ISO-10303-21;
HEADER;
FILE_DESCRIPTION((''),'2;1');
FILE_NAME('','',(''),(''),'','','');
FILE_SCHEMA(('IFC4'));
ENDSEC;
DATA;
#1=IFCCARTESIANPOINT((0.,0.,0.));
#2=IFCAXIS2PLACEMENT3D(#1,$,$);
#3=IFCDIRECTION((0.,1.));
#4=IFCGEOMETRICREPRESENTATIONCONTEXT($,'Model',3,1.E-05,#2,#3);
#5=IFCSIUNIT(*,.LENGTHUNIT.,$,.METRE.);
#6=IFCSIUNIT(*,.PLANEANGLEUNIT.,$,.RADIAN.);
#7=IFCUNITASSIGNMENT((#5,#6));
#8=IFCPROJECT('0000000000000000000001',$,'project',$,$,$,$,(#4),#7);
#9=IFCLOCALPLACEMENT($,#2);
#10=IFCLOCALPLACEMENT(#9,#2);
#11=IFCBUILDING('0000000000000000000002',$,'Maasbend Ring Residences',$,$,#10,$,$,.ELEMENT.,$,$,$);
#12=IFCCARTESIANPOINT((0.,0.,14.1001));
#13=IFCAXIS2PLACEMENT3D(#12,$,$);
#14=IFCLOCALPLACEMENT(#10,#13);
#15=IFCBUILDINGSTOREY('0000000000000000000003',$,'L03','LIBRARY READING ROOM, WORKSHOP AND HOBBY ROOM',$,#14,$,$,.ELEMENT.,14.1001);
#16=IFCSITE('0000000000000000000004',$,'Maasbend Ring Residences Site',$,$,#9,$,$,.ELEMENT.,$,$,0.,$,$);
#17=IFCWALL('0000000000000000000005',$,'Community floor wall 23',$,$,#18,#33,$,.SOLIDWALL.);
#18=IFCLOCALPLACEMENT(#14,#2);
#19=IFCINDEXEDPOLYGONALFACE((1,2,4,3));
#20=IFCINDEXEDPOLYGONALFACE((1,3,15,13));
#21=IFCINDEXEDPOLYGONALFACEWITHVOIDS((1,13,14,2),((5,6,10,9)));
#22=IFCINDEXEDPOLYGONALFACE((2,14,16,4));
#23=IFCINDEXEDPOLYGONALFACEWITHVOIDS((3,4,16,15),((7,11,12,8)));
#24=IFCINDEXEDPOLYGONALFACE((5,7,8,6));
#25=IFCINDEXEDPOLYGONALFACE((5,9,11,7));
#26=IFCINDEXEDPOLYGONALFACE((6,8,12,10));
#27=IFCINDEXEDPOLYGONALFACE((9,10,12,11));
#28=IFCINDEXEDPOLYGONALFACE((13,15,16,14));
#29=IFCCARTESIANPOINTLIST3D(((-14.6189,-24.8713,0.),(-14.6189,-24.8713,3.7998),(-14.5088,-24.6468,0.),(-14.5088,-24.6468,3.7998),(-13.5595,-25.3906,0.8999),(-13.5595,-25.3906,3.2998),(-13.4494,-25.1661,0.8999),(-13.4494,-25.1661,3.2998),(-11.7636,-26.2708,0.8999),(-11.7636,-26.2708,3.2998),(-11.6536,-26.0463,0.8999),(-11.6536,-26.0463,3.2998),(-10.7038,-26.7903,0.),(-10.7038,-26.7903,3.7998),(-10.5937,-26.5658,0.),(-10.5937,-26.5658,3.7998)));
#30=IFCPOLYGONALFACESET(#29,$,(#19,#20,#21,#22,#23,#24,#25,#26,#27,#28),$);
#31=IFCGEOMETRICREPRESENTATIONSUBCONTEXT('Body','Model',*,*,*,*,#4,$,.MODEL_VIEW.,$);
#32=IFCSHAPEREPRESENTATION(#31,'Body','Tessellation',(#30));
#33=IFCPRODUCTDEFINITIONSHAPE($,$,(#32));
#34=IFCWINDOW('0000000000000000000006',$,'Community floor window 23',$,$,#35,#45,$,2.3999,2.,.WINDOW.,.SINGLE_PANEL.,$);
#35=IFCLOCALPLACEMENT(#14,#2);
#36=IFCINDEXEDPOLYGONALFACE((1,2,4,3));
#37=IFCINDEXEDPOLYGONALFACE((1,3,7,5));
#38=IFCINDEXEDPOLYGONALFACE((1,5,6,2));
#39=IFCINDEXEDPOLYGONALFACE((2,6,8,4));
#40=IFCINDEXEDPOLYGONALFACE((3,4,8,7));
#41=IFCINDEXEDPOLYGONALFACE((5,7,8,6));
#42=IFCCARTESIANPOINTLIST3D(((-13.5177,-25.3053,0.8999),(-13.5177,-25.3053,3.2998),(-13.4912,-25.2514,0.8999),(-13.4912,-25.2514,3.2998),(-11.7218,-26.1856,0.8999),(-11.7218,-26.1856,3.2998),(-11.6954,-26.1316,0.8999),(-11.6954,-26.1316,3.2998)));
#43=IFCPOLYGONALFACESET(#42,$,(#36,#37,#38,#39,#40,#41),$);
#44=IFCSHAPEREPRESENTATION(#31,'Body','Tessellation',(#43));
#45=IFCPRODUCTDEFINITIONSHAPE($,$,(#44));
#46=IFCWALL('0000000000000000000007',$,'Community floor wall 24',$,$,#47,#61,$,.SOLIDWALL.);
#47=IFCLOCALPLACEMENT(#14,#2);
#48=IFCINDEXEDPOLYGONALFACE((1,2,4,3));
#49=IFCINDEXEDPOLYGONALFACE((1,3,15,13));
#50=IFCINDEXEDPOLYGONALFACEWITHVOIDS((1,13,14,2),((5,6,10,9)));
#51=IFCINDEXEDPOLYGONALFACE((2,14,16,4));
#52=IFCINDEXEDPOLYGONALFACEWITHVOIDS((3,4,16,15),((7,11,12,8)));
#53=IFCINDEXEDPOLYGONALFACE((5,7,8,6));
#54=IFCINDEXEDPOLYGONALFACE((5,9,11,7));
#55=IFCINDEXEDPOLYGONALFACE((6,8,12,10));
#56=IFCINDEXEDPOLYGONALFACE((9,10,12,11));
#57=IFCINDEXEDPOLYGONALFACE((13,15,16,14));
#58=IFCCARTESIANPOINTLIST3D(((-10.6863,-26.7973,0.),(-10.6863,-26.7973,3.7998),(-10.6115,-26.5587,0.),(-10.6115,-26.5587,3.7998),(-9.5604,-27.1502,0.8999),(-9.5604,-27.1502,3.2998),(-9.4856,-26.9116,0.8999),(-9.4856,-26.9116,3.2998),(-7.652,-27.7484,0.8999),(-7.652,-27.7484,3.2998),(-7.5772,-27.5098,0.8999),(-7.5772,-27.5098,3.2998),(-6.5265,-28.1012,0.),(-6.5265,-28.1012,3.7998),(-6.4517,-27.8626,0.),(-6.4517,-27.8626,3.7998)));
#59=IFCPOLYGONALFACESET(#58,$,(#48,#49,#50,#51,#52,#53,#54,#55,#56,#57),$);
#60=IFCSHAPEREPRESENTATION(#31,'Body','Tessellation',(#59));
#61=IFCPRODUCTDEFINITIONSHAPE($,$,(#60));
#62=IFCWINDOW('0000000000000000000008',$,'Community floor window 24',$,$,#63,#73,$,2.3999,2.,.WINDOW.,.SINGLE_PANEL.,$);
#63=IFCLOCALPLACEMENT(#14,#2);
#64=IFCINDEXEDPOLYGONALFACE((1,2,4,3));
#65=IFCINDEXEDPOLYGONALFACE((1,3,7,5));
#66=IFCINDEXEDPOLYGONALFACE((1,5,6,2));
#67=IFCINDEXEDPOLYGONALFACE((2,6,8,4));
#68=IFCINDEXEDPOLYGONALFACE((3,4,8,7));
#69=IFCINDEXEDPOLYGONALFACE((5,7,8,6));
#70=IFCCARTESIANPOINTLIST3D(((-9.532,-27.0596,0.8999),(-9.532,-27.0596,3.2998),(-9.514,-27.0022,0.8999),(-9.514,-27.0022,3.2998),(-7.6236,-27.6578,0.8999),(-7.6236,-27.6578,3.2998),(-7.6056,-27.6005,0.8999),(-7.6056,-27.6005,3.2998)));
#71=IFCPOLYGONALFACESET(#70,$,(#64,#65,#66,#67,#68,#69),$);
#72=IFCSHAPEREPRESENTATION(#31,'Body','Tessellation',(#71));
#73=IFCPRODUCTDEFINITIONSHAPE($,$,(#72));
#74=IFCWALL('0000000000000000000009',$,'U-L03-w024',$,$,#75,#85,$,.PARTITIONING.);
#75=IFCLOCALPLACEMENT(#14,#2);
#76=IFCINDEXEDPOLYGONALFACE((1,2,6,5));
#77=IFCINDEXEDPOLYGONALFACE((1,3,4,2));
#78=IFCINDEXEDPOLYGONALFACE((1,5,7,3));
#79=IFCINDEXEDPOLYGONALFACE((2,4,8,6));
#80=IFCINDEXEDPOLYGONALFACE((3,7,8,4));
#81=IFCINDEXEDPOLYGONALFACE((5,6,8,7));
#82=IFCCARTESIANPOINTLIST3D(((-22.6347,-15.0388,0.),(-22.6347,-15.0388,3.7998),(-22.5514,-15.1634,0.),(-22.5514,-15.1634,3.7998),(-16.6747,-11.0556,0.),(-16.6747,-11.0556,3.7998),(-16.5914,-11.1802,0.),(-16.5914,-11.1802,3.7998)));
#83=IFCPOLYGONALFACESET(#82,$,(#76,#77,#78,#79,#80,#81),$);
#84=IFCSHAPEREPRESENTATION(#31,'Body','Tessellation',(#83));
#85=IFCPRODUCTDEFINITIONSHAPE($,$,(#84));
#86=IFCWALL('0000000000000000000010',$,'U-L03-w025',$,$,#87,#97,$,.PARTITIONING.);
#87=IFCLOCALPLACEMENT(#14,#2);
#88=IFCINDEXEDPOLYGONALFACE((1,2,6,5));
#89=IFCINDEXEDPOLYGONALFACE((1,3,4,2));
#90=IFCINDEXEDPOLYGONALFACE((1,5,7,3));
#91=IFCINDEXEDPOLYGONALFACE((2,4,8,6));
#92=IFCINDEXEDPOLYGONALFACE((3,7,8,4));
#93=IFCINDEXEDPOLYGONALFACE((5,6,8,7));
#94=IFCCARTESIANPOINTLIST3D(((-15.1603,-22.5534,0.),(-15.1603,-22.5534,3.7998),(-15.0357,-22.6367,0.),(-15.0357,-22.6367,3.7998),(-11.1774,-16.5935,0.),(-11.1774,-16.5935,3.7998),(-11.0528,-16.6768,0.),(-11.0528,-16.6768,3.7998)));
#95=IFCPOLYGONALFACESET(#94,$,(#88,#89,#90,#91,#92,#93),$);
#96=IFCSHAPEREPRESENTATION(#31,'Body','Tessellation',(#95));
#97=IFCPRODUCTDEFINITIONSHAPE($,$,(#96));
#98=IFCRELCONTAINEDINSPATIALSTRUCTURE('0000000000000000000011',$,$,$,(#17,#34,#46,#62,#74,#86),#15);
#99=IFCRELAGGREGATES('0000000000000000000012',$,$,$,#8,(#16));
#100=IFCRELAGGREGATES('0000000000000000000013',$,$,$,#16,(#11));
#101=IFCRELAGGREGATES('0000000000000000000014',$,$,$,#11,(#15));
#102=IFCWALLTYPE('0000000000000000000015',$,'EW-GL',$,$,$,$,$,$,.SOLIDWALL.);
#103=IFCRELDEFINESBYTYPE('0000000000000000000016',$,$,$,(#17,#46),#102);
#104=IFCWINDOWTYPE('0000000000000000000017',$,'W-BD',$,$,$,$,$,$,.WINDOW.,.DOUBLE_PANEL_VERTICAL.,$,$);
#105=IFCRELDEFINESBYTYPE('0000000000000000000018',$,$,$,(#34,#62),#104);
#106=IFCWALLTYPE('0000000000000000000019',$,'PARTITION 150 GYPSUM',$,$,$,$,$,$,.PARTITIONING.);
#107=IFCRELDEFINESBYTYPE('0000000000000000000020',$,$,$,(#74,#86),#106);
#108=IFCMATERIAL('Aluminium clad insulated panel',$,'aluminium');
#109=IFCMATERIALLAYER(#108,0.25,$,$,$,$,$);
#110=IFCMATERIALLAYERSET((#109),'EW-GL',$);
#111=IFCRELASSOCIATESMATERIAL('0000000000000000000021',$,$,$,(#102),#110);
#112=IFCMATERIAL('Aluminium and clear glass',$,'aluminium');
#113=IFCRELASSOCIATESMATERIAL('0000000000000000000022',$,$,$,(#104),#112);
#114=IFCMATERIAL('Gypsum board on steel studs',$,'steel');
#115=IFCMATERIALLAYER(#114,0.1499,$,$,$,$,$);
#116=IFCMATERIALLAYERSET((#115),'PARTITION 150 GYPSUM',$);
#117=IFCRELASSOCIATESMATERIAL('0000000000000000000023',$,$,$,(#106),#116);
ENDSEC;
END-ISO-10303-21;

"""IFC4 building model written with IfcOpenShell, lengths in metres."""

from ifc_helpers import new_model, si_unit, direction, frame, frame_2d, origin, place, context, subcontext, project, spatial, rectangle, extrude, material, layer, layer_set, type_object, element, fill, save


model = new_model("IFC4")

# Units and contexts
model_context = context("Model", 3, precision=1e-05, world=origin(), true_north=direction((0.0, 1.0)))
body_context = subcontext(model_context, "Body", "Model", "MODEL_VIEW")
ifc_project = project(units=[si_unit("LENGTHUNIT", "METRE"), si_unit("PLANEANGLEUNIT", "RADIAN")], contexts=[model_context])

# Site, building, storey
site_placement = place(None, origin())
site = spatial("IfcSite", under=ifc_project, at=site_placement, Name="Maasbend Ring Residences Site", CompositionType="ELEMENT", RefElevation=0.0)
building_placement = place(site_placement, origin())
building = spatial("IfcBuilding", under=site, at=building_placement, Name="Maasbend Ring Residences", CompositionType="ELEMENT")
storey_placement = place(building_placement, frame((0.0, 0.0, 14.1001)))
storey = spatial("IfcBuildingStorey", under=building, at=storey_placement, Name="L03", Description="LIBRARY READING ROOM, WORKSHOP AND HOBBY ROOM", CompositionType="ELEMENT", Elevation=14.1001)

# Walls, openings, windows
ifc_material_1 = material(Name="Aluminium clad insulated panel", Category="aluminium")
ifc_layer_1 = layer(ifc_material_1, 0.25)
ifc_layer_set_1 = layer_set([ifc_layer_1], Name="EW-GL")
wall_type_1 = type_object("IfcWallType", Name="EW-GL", PredefinedType="SOLIDWALL", material=ifc_layer_set_1)
ifc_material_2 = material(Name="Aluminium and clear glass", Category="aluminium")
window_type = type_object("IfcWindowType", Name="W-BD", PartitioningType="DOUBLE_PANEL_VERTICAL", PredefinedType="WINDOW", material=ifc_material_2)
wall_1_placement = place(storey_placement, frame((-14.564, -24.759, 0.0), z_axis=(0.0, 0.0, 1.0), x_axis=(0.897938, -0.440122, 0.0)))
wall_1 = element("IfcWall", 1, at=wall_1_placement, inside=storey, type_object=wall_type_1, Name="Community floor wall 23", PredefinedType="SOLIDWALL", context=body_context, shape_type="SweptSolid", body=[
    extrude(rectangle(XDim=4.3601, YDim=0.25, at=frame_2d((2.1802, 0.0))), origin(), (0.0, 0.0, 1.0), 3.7998),
])
opening_1_placement = place(wall_1_placement, frame((1.1799, 0.0, 0.8999)))
opening_1 = element("IfcOpeningElement", 2, at=opening_1_placement, cuts=wall_1, PredefinedType="OPENING", context=body_context, shape_type="SweptSolid", body=[
    extrude(rectangle(XDim=2.0, YDim=2.3999, at=frame_2d((1.0, 1.2))), frame((0.0, 0.135, 0.0), z_axis=(0.0, -1.0, 0.0), x_axis=(1.0, 0.0, 0.0)), (0.0, 0.0, 1.0), 0.27),
])
window_1_placement = place(opening_1_placement, origin())
window_1 = element("IfcWindow", 3, at=window_1_placement, inside=storey, type_object=window_type, Name="Community floor window 23", OverallHeight=2.3999, OverallWidth=2.0, PartitioningType="SINGLE_PANEL", PredefinedType="WINDOW", context=body_context, shape_type="SweptSolid", body=[
    extrude(rectangle(XDim=2.0, YDim=2.3999, at=frame_2d((1.0, 1.2))), frame((0.0, 0.03, 0.0), z_axis=(0.0, -1.0, 0.0), x_axis=(1.0, 0.0, 0.0)), (0.0, 0.0, 1.0), 0.0601),
])
fill(opening_1, window_1)
wall_2_placement = place(storey_placement, frame((-10.6489, -26.678, 0.0), z_axis=(0.0, 0.0, 1.0), x_axis=(0.95422, -0.299107, 0.0)))
wall_2 = element("IfcWall", 4, at=wall_2_placement, inside=storey, type_object=wall_type_1, Name="Community floor wall 24", PredefinedType="SOLIDWALL", context=body_context, shape_type="SweptSolid", body=[
    extrude(rectangle(XDim=4.3594, YDim=0.25, at=frame_2d((2.1797, 0.0))), origin(), (0.0, 0.0, 1.0), 3.7998),
])
opening_2_placement = place(wall_2_placement, frame((1.1799, 0.0, 0.8999)))
opening_2 = element("IfcOpeningElement", 5, at=opening_2_placement, cuts=wall_2, PredefinedType="OPENING", context=body_context, shape_type="SweptSolid", body=[
    extrude(rectangle(XDim=2.0, YDim=2.3999, at=frame_2d((1.0, 1.2))), frame((0.0, 0.135, 0.0), z_axis=(0.0, -1.0, 0.0), x_axis=(1.0, 0.0, 0.0)), (0.0, 0.0, 1.0), 0.27),
])
window_2_placement = place(opening_2_placement, origin())
window_2 = element("IfcWindow", 6, at=window_2_placement, inside=storey, type_object=window_type, Name="Community floor window 24", OverallHeight=2.3999, OverallWidth=2.0, PartitioningType="SINGLE_PANEL", PredefinedType="WINDOW", context=body_context, shape_type="SweptSolid", body=[
    extrude(rectangle(XDim=2.0, YDim=2.3999, at=frame_2d((1.0, 1.2))), frame((0.0, 0.03, 0.0), z_axis=(0.0, -1.0, 0.0), x_axis=(1.0, 0.0, 0.0)), (0.0, 0.0, 1.0), 0.0601),
])
fill(opening_2, window_2)

# Walls
ifc_material_3 = material(Name="Gypsum board on steel studs", Category="steel")
ifc_layer_2 = layer(ifc_material_3, 0.1499)
ifc_layer_set_2 = layer_set([ifc_layer_2], Name="PARTITION 150 GYPSUM")
wall_type_2 = type_object("IfcWallType", Name="PARTITION 150 GYPSUM", PredefinedType="PARTITIONING", material=ifc_layer_set_2)
wall_3_placement = place(storey_placement, frame((-22.593, -15.1011, 0.0), z_axis=(0.0, 0.0, 1.0), x_axis=(0.831416, 0.555651, 0.0)))
element("IfcWall", 7, at=wall_3_placement, inside=storey, type_object=wall_type_2, Name="U-L03-w024", PredefinedType="PARTITIONING", context=body_context, shape_type="SweptSolid", body=[
    extrude(rectangle(XDim=7.1685, YDim=0.1499, at=frame_2d((3.5842, 0.0))), origin(), (0.0, 0.0, 1.0), 3.7998),
])
wall_4_placement = place(storey_placement, frame((-15.0979, -22.595, 0.0), z_axis=(0.0, 0.0, 1.0), x_axis=(0.555627, 0.831431, 0.0)))
element("IfcWall", 8, at=wall_4_placement, inside=storey, type_object=wall_type_2, Name="U-L03-w025", PredefinedType="PARTITIONING", context=body_context, shape_type="SweptSolid", body=[
    extrude(rectangle(XDim=7.1682, YDim=0.1499, at=frame_2d((3.584, 0.0))), origin(), (0.0, 0.0, 1.0), 3.7998),
])

save(model, "model.ifc")
